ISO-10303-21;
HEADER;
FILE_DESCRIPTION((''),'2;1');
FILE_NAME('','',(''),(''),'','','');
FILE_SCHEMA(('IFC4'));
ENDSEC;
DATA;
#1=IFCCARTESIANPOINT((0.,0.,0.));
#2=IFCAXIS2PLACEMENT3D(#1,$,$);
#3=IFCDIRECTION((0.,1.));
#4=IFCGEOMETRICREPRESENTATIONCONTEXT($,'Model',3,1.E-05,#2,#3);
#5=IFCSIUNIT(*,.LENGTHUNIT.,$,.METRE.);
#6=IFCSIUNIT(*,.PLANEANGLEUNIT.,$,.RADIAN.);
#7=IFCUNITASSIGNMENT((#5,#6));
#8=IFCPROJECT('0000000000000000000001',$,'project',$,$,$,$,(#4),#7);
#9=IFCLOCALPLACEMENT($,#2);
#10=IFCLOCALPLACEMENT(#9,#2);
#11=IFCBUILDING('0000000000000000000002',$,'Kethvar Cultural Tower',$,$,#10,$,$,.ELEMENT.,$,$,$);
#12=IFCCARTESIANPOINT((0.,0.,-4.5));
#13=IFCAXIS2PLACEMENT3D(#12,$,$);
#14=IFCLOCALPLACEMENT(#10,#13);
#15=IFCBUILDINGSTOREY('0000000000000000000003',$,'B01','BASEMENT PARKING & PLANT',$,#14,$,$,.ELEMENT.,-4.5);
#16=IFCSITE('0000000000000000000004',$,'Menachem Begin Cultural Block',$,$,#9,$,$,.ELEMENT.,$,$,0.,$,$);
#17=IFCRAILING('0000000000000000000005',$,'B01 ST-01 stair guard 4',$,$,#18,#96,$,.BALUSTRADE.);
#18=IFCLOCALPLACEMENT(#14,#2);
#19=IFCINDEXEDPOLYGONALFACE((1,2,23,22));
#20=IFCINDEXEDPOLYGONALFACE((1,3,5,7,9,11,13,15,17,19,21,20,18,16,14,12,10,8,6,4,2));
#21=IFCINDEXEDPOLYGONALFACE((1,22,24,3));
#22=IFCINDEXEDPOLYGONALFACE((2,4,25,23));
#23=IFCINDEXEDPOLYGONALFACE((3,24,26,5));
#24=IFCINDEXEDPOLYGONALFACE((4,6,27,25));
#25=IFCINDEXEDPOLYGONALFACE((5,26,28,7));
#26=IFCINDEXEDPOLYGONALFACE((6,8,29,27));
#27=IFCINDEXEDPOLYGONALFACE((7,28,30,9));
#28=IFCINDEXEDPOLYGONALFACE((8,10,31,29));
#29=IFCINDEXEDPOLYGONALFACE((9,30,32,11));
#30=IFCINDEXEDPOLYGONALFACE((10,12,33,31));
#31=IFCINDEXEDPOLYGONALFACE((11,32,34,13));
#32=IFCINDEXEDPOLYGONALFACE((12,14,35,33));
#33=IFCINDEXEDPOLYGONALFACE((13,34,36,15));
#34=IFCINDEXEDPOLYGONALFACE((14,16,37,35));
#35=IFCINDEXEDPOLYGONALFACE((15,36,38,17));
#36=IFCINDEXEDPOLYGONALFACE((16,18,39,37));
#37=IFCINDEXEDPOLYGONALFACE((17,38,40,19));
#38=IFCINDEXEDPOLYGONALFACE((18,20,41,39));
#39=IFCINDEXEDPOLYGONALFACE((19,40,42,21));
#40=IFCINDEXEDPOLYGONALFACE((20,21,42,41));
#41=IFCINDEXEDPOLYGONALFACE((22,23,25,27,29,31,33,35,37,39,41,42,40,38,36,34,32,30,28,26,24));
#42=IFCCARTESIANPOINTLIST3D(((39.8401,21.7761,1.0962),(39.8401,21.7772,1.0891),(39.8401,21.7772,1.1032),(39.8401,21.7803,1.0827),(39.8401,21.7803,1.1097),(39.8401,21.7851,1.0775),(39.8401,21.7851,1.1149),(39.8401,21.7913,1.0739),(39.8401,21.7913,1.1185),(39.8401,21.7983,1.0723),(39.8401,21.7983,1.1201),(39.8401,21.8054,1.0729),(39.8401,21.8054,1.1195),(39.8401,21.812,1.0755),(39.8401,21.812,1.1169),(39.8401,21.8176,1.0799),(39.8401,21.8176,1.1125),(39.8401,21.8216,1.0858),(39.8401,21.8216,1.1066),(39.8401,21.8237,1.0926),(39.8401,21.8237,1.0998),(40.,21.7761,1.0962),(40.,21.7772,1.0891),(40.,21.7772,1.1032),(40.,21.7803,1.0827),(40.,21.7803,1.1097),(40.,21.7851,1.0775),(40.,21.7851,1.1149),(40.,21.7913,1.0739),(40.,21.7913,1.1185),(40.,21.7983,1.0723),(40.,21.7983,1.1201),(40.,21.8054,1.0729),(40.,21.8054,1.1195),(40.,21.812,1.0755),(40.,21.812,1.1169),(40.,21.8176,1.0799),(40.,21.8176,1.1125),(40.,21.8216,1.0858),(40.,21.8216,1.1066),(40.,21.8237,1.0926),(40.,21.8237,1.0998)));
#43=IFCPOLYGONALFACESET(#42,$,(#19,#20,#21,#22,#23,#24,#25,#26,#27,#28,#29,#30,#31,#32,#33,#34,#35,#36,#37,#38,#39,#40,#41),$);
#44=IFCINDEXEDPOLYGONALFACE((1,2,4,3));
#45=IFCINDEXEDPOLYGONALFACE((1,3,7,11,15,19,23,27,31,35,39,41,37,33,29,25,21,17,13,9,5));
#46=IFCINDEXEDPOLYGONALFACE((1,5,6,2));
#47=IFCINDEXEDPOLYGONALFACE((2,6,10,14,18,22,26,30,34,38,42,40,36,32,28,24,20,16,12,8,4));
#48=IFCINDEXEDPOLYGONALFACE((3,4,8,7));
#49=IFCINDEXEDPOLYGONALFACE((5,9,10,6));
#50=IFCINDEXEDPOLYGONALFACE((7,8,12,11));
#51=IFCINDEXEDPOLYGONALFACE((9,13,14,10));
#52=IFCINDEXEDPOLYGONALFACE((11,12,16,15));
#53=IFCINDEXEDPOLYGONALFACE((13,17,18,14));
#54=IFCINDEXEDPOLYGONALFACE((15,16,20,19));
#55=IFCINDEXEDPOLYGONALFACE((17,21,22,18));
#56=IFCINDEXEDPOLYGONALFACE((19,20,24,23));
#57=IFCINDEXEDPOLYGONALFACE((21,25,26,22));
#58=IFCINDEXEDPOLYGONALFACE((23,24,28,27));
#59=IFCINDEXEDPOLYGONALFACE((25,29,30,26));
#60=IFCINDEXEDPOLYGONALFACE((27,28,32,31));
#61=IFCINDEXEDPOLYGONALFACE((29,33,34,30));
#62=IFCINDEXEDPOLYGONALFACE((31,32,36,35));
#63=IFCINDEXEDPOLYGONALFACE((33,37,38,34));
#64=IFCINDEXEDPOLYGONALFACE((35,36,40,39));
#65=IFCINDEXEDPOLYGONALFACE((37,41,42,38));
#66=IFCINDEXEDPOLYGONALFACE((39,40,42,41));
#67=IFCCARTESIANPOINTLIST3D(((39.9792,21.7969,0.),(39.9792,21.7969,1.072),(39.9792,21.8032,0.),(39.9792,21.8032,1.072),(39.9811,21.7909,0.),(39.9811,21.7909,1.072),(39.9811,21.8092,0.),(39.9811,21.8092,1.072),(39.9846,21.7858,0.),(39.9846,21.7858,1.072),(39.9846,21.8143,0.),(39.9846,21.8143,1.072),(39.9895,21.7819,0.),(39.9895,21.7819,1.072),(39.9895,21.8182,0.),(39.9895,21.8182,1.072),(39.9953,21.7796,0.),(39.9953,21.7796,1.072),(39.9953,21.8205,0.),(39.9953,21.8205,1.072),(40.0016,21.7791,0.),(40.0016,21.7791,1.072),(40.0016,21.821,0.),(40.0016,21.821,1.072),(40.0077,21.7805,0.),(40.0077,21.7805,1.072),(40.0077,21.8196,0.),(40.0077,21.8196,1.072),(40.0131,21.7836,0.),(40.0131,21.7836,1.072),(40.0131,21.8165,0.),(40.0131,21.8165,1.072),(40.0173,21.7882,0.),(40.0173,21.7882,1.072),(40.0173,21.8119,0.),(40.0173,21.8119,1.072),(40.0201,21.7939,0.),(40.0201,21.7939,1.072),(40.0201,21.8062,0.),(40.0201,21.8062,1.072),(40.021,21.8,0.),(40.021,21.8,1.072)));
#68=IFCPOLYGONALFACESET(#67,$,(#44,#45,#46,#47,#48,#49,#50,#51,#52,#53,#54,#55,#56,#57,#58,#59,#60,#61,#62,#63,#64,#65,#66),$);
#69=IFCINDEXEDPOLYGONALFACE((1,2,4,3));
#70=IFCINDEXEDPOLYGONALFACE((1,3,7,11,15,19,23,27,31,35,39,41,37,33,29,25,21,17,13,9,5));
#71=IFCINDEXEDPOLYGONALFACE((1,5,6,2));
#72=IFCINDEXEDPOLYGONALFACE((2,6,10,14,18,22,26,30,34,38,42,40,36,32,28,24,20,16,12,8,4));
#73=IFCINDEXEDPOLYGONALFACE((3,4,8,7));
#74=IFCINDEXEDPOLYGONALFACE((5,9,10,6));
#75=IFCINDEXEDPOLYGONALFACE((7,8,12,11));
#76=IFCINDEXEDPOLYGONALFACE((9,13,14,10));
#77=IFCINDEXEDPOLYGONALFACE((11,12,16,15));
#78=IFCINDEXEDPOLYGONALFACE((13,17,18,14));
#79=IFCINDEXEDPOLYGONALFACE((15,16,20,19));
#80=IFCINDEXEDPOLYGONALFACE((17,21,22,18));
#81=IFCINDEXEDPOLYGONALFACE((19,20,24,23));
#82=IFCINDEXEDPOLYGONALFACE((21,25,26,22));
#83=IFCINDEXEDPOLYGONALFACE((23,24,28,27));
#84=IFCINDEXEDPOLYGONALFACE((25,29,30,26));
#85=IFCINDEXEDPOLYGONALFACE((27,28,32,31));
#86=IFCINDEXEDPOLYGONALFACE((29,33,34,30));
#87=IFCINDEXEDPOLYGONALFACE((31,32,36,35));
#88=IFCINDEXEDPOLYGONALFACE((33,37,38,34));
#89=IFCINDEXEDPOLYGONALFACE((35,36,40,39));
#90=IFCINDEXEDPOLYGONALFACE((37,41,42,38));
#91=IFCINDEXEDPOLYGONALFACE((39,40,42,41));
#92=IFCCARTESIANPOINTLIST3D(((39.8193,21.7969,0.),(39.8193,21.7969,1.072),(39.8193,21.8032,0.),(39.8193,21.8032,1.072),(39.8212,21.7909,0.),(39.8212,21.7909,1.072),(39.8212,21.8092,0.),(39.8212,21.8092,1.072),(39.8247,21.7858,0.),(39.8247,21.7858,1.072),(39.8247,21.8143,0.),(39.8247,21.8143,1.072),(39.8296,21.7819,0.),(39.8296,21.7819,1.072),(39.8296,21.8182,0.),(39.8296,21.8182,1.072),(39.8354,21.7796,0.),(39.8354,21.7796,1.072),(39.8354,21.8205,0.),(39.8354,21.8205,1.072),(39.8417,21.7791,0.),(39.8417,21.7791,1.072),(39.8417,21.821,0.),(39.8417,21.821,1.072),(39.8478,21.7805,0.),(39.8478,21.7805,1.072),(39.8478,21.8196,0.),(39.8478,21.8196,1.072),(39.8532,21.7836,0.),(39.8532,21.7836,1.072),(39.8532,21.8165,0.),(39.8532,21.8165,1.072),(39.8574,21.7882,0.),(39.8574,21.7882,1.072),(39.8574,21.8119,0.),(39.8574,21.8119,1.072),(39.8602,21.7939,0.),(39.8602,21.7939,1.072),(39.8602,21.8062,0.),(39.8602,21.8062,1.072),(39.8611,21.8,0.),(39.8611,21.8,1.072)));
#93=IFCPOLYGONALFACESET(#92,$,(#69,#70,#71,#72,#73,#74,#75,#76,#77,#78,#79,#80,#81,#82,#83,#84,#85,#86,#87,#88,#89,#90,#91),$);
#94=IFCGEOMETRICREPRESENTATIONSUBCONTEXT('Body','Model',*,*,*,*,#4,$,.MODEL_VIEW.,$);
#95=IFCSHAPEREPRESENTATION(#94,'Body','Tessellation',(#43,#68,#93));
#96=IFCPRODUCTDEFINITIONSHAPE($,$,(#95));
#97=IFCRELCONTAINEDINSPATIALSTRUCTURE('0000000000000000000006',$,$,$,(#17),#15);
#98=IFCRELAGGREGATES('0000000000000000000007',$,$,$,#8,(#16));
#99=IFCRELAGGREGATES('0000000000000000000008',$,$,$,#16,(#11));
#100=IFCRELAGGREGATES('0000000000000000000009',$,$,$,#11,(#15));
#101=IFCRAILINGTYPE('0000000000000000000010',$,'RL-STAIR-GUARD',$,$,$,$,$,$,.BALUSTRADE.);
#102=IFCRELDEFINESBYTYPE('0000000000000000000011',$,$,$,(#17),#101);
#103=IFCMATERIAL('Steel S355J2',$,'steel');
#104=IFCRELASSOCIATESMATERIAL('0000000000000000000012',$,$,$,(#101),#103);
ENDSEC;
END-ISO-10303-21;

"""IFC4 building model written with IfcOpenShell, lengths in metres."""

from ifc_helpers import new_model, si_unit, direction, frame, origin, origin_2d, place, context, subcontext, project, spatial, circle, extrude, material, type_object, element, save


model = new_model("IFC4")

# Units and contexts
model_context = context("Model", 3, precision=1e-05, world=origin(), true_north=direction((0.0, 1.0)))
body_context = subcontext(model_context, "Body", "Model", "MODEL_VIEW")
ifc_project = project(units=[si_unit("LENGTHUNIT", "METRE"), si_unit("PLANEANGLEUNIT", "RADIAN")], contexts=[model_context])

# Site, building, storey
site_placement = place(None, origin())
site = spatial("IfcSite", under=ifc_project, at=site_placement, Name="Menachem Begin Cultural Block", CompositionType="ELEMENT", RefElevation=0.0)
building_placement = place(site_placement, origin())
building = spatial("IfcBuilding", under=site, at=building_placement, Name="Kethvar Cultural Tower", CompositionType="ELEMENT")
storey_placement = place(building_placement, frame((0.0, 0.0, -4.5)))
storey = spatial("IfcBuildingStorey", under=building, at=storey_placement, Name="B01", Description="BASEMENT PARKING & PLANT", CompositionType="ELEMENT", Elevation=-4.5)

# Shared definitions
ifc_material_1 = material(Name="Steel S355J2", Category="steel")

# Railing
railing_type_1 = type_object("IfcRailingType", Name="RL-STAIR-GUARD", PredefinedType="BALUSTRADE", material=ifc_material_1)
railing_1_placement = place(storey_placement, frame((40.0, 21.8, 0.0)))
element("IfcRailing", 1, at=railing_1_placement, inside=storey, type_object=railing_type_1, Name="B01 ST-01 stair guard 4", PredefinedType="BALUSTRADE", context=body_context, shape_type="SweptSolid", body=[
    extrude(circle(Radius=0.0239, at=origin_2d()), frame((0.0, 0.0, 1.0962), z_axis=(-1.0, 0.0, 0.0), x_axis=(0.0, -1.0, 0.0)), (0.0, 0.0, 1.0), 0.1599),
    extrude(circle(Radius=0.021, at=origin_2d()), origin(), (0.0, 0.0, 1.0), 1.072),
    extrude(circle(Radius=0.021, at=origin_2d()), frame((-0.1599, 0.0, 0.0)), (0.0, 0.0, 1.0), 1.072),
])

save(model, "model.ifc")
